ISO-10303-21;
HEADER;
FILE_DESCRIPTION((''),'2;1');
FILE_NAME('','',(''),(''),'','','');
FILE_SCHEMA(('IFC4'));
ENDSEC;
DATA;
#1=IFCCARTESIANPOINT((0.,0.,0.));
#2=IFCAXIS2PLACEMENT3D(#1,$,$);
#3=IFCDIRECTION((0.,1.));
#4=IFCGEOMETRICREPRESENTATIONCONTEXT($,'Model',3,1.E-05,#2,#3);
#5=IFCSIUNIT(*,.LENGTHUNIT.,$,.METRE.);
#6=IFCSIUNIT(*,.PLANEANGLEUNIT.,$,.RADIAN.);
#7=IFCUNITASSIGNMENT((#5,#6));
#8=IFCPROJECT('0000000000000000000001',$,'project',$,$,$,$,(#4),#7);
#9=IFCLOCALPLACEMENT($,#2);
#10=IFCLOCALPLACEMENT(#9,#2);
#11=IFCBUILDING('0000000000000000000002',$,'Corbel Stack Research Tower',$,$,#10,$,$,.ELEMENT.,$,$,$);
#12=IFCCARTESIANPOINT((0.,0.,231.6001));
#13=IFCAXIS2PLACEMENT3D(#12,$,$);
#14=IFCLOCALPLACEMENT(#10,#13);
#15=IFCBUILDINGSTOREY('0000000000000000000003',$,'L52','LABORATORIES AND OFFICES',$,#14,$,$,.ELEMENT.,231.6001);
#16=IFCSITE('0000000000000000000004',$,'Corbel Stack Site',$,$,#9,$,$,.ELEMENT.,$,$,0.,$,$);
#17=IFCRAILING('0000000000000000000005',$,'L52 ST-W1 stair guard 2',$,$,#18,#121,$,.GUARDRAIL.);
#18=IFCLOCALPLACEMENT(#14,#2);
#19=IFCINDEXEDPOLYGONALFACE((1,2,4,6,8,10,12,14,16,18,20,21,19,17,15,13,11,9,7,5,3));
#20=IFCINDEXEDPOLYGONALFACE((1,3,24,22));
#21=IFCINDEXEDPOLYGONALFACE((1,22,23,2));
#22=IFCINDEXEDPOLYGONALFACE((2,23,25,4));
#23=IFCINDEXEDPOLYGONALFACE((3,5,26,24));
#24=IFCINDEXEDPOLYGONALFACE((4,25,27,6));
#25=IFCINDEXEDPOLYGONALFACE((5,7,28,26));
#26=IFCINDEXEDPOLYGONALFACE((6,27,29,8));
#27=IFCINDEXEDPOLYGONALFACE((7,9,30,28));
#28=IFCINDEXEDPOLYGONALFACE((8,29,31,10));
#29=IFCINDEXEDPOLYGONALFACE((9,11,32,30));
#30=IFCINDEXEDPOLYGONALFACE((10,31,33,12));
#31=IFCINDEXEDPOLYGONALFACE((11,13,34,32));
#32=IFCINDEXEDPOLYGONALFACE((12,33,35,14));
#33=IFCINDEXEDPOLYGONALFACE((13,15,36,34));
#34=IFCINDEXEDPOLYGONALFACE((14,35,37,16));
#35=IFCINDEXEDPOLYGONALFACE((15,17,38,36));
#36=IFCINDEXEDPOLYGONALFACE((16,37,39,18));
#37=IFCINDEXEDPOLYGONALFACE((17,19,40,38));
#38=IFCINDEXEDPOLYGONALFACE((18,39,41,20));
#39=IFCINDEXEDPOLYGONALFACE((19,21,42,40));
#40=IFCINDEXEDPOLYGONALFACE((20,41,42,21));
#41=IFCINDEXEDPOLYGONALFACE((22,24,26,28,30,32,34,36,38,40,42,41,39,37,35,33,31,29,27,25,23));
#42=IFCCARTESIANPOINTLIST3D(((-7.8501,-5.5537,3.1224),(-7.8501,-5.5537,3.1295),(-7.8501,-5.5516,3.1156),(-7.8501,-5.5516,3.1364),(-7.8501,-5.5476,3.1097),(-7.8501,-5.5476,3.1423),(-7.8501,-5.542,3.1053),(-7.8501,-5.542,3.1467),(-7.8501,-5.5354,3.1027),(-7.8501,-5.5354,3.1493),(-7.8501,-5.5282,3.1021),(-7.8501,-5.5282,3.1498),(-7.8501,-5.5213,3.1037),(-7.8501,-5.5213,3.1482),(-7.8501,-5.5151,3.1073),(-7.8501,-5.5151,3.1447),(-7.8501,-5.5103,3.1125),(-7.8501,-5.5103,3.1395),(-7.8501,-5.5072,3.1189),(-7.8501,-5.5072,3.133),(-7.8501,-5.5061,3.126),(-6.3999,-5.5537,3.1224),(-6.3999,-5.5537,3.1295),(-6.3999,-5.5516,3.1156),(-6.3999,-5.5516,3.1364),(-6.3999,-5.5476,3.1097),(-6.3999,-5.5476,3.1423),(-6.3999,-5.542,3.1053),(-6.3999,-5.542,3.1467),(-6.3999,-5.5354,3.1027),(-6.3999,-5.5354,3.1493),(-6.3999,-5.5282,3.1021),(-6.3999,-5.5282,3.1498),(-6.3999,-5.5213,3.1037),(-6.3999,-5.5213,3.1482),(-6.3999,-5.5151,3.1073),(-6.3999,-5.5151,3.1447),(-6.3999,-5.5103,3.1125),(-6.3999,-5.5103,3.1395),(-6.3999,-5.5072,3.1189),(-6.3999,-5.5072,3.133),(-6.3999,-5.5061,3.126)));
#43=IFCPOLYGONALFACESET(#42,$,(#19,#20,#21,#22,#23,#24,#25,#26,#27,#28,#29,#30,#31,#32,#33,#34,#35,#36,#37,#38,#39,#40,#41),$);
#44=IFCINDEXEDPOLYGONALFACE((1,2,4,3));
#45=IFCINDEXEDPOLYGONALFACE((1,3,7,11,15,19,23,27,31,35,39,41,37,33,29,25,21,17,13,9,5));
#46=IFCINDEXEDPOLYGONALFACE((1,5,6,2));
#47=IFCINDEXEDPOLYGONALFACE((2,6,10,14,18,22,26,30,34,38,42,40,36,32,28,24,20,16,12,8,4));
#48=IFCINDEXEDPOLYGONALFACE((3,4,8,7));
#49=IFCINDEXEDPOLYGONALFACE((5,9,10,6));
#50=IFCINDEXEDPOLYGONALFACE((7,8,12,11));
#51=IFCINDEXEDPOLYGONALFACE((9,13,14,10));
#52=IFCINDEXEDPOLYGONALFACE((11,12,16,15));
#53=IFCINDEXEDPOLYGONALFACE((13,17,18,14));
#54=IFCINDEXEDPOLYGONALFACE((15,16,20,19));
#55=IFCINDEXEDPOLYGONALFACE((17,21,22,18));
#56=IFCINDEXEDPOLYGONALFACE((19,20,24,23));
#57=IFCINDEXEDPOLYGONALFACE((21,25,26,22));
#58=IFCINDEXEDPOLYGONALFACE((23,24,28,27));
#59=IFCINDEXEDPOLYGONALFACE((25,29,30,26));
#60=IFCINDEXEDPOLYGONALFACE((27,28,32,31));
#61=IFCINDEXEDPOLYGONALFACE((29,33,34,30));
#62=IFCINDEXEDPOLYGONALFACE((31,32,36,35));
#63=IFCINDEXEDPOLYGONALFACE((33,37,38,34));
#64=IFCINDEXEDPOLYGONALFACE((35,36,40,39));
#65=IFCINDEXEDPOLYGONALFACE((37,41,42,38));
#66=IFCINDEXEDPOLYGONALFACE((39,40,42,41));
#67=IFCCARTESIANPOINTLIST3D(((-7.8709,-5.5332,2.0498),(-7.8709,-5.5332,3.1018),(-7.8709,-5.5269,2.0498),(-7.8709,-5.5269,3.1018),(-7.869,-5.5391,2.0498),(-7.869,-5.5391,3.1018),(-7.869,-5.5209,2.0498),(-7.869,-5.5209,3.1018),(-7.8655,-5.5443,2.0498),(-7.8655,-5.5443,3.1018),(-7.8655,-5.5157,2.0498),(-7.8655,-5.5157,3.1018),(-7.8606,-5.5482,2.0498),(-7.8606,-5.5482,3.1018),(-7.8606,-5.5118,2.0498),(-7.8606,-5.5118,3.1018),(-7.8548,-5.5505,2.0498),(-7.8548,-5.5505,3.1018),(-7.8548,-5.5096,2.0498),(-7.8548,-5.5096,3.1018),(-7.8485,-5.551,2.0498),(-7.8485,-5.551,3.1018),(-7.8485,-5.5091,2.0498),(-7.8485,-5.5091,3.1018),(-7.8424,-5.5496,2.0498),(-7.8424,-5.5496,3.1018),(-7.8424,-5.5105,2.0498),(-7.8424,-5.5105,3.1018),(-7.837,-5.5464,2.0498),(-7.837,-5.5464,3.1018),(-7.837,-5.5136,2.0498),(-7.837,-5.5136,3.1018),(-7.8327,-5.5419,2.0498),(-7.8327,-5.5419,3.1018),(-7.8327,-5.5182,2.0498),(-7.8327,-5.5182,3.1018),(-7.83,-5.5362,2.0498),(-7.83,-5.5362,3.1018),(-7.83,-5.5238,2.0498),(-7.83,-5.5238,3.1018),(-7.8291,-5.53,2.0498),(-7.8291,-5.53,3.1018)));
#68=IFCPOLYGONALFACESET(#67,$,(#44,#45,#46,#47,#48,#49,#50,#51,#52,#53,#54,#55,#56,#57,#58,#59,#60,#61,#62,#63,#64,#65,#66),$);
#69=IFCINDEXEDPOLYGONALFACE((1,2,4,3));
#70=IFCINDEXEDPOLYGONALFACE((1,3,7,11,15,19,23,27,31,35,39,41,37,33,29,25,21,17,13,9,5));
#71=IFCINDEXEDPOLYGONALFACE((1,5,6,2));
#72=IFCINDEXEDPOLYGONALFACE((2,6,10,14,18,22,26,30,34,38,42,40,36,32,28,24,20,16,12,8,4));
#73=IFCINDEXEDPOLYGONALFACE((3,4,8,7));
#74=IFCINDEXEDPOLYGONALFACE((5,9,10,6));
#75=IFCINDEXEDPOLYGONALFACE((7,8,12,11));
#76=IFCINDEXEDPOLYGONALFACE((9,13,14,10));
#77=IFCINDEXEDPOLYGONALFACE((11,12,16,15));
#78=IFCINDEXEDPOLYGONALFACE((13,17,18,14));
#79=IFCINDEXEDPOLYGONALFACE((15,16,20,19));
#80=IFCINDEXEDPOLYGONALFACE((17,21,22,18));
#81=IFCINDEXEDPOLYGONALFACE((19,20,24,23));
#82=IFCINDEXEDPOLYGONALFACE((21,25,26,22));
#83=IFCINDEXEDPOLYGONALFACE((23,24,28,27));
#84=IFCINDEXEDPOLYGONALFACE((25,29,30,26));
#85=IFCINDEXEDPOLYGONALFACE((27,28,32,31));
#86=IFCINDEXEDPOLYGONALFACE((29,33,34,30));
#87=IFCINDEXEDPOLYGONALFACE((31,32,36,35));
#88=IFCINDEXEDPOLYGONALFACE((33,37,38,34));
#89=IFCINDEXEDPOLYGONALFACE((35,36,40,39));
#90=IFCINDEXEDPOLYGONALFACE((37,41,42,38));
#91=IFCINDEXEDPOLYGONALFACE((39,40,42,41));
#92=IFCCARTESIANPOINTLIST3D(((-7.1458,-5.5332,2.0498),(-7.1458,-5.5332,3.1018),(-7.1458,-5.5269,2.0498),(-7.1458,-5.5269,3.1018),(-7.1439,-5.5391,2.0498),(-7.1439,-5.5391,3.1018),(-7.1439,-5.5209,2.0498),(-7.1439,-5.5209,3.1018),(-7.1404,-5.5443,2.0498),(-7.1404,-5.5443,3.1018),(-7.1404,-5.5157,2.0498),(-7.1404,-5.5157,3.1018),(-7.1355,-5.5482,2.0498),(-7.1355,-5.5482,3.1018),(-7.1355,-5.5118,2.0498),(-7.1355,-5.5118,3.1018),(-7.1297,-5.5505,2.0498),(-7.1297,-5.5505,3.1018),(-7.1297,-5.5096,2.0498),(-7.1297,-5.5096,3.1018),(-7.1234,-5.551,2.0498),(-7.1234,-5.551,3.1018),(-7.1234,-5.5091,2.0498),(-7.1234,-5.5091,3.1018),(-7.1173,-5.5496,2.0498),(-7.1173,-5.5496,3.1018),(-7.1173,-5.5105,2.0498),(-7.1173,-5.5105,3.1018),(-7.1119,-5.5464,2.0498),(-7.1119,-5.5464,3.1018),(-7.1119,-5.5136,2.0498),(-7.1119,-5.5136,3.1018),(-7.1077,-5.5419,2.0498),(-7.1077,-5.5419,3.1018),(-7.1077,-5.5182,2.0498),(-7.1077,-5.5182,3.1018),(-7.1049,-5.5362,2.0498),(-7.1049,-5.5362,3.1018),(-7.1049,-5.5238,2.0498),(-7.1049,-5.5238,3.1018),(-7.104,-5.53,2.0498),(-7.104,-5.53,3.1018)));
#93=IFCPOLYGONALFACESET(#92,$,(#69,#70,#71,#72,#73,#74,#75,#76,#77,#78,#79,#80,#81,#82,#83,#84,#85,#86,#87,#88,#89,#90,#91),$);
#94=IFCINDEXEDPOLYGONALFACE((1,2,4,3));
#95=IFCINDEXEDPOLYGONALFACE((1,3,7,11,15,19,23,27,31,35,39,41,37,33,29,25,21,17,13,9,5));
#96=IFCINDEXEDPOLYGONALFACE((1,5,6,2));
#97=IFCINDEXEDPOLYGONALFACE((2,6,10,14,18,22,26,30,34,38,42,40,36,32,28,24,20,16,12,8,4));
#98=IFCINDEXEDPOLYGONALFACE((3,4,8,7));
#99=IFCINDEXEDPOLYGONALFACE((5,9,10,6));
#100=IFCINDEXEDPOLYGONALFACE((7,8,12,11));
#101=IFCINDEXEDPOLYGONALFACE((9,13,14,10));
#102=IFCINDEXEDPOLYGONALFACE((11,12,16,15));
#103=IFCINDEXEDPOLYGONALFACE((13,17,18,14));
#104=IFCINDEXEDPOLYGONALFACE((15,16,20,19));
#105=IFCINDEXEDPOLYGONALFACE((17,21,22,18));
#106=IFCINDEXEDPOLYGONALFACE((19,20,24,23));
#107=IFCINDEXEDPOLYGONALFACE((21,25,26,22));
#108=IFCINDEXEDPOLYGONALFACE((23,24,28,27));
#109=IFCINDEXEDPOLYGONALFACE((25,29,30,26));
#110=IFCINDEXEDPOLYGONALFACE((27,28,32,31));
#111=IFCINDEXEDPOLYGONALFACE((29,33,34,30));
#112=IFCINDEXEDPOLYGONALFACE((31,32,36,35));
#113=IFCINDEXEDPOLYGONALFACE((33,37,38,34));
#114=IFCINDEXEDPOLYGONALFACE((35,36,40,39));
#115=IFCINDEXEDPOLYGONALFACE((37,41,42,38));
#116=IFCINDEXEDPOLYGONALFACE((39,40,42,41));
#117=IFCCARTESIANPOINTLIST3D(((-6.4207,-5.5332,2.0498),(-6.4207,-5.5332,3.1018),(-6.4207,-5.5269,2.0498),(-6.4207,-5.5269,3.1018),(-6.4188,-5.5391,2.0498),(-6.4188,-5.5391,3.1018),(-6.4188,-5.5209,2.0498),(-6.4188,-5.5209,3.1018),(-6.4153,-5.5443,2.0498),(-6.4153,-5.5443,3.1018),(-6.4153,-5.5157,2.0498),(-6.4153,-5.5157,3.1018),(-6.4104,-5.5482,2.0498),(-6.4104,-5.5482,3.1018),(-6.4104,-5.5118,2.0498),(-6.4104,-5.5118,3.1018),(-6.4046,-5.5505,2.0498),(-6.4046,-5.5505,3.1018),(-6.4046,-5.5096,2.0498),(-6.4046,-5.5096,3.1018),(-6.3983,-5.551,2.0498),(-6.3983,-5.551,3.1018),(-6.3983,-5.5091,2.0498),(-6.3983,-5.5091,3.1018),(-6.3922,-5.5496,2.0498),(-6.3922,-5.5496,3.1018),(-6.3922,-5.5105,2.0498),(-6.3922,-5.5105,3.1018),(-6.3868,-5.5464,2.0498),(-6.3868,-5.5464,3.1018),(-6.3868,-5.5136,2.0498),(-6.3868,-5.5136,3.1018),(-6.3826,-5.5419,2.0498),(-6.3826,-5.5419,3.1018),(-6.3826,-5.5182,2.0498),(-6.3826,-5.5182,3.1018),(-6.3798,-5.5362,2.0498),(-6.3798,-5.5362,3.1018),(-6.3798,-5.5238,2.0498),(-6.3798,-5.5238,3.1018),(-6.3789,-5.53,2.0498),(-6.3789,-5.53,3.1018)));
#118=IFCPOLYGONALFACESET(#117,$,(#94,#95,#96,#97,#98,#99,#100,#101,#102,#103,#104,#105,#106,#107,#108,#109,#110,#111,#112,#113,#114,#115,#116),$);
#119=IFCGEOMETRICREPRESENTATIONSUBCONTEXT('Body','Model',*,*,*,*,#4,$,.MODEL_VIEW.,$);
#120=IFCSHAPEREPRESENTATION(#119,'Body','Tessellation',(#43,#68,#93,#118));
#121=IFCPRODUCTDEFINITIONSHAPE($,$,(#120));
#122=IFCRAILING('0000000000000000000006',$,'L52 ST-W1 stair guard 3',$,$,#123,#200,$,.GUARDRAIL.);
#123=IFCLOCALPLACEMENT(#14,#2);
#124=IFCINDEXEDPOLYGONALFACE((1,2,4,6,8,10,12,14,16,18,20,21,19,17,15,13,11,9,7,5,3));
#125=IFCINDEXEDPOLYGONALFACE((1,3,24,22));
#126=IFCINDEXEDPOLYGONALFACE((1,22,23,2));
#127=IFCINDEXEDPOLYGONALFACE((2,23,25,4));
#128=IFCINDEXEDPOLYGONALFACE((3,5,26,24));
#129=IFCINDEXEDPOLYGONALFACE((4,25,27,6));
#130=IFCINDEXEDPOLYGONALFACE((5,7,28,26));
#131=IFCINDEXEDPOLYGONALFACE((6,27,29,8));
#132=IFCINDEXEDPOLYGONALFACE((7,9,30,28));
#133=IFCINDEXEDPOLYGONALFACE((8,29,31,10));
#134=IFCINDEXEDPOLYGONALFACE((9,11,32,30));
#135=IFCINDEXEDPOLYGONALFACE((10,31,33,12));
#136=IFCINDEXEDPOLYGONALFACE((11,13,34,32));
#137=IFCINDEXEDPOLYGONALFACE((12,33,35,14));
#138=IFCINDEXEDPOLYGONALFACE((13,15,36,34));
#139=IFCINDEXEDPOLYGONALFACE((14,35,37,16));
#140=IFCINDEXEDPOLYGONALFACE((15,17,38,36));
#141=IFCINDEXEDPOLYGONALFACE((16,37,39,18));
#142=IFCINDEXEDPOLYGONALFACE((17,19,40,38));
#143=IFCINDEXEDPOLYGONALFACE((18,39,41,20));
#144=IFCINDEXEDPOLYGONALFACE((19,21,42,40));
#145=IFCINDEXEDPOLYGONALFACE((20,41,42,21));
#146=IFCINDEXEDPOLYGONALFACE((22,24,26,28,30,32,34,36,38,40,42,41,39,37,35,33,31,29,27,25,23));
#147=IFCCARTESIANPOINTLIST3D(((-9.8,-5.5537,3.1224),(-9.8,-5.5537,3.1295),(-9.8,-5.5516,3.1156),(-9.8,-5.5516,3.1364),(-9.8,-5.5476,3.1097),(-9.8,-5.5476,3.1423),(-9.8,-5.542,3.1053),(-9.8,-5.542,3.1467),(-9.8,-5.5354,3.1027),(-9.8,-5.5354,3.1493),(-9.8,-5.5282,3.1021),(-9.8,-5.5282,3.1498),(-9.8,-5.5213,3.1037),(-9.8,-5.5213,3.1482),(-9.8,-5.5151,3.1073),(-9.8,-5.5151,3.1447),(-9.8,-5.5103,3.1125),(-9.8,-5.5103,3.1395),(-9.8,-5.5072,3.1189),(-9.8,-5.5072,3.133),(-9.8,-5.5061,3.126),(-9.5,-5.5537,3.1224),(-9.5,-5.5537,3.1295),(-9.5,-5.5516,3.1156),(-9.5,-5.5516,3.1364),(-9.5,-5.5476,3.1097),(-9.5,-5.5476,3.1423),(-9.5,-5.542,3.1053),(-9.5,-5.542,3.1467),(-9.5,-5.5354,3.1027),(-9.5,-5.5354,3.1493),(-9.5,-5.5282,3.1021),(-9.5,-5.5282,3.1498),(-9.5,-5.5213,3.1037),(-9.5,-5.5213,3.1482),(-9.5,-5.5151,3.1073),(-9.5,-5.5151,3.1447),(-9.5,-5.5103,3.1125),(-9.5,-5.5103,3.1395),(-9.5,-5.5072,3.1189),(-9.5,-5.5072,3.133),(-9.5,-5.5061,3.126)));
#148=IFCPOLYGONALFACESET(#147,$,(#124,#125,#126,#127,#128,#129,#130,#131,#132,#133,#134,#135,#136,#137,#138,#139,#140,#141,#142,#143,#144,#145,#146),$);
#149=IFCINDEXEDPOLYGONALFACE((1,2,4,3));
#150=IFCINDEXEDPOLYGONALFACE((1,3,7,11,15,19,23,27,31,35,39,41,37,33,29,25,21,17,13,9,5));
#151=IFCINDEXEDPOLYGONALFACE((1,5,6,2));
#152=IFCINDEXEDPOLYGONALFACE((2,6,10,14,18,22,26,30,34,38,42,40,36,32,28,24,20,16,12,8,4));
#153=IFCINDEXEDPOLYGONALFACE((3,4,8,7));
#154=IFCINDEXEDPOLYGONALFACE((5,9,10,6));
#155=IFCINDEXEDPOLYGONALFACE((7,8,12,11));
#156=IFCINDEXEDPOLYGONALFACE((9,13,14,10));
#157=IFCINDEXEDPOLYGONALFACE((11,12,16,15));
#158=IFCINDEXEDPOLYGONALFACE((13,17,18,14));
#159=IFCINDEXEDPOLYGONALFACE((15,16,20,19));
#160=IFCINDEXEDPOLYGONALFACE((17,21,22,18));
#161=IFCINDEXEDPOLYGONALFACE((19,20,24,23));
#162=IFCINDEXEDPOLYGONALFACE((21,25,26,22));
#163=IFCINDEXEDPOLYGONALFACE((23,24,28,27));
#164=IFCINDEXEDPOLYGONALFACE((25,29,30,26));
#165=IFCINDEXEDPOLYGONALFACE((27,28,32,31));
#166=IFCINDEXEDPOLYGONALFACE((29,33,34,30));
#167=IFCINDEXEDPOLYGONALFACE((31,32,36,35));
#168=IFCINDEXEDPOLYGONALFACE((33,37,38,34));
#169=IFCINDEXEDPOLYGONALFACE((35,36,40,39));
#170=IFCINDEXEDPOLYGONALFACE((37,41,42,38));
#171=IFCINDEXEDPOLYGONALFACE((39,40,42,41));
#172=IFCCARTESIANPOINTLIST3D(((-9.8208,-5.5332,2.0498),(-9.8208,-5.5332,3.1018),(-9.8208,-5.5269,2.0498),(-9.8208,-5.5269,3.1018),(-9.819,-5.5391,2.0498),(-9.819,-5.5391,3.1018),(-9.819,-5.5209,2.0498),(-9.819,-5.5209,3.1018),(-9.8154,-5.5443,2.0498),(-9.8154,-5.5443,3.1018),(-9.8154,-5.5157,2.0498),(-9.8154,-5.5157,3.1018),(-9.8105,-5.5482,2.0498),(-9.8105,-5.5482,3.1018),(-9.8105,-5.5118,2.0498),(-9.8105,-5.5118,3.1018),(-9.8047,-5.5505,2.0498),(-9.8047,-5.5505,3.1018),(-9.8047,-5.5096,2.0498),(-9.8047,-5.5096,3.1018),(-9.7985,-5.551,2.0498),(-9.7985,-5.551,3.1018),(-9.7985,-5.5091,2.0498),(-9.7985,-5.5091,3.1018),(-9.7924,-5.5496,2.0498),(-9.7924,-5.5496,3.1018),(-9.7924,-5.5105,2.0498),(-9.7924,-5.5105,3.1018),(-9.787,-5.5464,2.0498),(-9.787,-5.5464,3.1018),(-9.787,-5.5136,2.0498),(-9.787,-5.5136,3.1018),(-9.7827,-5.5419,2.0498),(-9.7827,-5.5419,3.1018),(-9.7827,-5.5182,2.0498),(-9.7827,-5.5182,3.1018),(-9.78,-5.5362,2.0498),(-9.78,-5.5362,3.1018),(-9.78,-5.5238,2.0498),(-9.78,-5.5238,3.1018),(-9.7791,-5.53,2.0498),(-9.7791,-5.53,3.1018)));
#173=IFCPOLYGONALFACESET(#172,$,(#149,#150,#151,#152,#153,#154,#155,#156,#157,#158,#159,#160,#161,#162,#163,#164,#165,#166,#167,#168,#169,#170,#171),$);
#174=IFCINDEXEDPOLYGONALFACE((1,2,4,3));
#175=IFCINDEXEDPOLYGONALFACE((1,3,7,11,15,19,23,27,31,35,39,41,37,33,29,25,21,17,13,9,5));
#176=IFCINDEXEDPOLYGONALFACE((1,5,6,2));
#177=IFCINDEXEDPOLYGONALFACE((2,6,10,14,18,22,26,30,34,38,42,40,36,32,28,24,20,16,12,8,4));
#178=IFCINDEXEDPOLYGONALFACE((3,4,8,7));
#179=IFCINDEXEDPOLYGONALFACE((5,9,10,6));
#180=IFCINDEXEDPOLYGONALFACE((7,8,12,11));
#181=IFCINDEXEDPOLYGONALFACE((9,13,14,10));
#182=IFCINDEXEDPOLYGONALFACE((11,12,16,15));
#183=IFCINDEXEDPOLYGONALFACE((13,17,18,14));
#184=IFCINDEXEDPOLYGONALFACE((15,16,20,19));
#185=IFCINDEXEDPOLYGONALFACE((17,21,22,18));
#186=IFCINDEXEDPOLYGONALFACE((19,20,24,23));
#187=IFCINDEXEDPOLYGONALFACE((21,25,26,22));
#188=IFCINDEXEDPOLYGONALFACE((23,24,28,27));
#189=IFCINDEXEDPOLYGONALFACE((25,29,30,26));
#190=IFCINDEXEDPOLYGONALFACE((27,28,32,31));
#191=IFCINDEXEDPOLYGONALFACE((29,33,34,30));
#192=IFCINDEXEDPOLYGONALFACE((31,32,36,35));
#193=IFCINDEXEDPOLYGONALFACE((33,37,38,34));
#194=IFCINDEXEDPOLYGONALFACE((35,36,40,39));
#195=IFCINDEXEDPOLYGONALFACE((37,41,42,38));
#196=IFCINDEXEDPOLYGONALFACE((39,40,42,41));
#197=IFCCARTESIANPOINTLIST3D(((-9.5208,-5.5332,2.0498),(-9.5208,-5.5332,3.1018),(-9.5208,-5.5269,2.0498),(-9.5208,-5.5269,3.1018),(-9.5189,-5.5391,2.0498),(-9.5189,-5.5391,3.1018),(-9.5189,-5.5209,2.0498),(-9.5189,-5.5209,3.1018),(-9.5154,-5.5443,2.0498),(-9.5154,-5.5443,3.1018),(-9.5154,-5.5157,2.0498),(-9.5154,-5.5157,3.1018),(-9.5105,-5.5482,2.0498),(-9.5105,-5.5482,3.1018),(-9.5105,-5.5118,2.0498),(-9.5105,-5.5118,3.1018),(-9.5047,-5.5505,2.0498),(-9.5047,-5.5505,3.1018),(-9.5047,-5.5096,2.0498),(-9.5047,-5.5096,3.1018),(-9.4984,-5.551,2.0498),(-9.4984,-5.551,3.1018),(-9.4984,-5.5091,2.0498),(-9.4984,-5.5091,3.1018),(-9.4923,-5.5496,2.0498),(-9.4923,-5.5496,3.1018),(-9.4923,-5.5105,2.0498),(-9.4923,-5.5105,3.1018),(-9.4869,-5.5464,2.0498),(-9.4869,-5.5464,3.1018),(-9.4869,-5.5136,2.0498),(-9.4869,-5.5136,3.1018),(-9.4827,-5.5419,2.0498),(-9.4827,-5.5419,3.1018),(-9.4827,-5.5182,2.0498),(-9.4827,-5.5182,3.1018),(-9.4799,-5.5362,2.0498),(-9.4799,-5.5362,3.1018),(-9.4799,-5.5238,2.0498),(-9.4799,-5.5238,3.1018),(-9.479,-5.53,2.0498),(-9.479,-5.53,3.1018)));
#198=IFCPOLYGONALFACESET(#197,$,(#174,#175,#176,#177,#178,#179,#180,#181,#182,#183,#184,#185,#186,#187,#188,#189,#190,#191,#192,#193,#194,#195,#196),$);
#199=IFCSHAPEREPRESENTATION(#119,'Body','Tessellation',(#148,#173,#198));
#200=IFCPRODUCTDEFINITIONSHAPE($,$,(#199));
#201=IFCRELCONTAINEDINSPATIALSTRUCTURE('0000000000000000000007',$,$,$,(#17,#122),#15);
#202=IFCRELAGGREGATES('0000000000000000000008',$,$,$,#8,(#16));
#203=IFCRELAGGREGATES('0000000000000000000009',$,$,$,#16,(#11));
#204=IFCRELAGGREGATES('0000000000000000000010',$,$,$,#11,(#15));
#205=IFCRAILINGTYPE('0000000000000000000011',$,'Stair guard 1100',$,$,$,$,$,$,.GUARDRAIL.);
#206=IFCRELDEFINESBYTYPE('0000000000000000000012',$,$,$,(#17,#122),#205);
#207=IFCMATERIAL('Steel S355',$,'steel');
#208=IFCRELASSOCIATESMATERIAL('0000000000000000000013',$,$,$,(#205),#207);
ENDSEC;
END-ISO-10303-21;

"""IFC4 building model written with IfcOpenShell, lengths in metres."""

from ifc_helpers import new_model, si_unit, direction, frame, origin, origin_2d, place, context, subcontext, project, spatial, circle, extrude, material, type_object, element, save


model = new_model("IFC4")

# Units and contexts
model_context = context("Model", 3, precision=1e-05, world=origin(), true_north=direction((0.0, 1.0)))
body_context = subcontext(model_context, "Body", "Model", "MODEL_VIEW")
ifc_project = project(units=[si_unit("LENGTHUNIT", "METRE"), si_unit("PLANEANGLEUNIT", "RADIAN")], contexts=[model_context])

# Site, building, storey
site_placement = place(None, origin())
site = spatial("IfcSite", under=ifc_project, at=site_placement, Name="Corbel Stack Site", CompositionType="ELEMENT", RefElevation=0.0)
building_placement = place(site_placement, origin())
building = spatial("IfcBuilding", under=site, at=building_placement, Name="Corbel Stack Research Tower", CompositionType="ELEMENT")
storey_placement = place(building_placement, frame((0.0, 0.0, 231.6001)))
storey = spatial("IfcBuildingStorey", under=building, at=storey_placement, Name="L52", Description="LABORATORIES AND OFFICES", CompositionType="ELEMENT", Elevation=231.6001)

# Railings
ifc_material_1 = material(Name="Steel S355", Category="steel")
railing_type = type_object("IfcRailingType", Name="Stair guard 1100", PredefinedType="GUARDRAIL", material=ifc_material_1)
railing_1_placement = place(storey_placement, frame((-7.8501, -5.53, 2.0498)))
element("IfcRailing", 1, at=railing_1_placement, inside=storey, type_object=railing_type, Name="L52 ST-W1 stair guard 2", PredefinedType="GUARDRAIL", context=body_context, shape_type="SweptSolid", body=[
    extrude(circle(Radius=0.0239, at=origin_2d()), frame((0.0, 0.0, 1.0762), z_axis=(1.0, 0.0, 0.0), x_axis=(0.0, 1.0, 0.0)), (0.0, 0.0, 1.0), 1.4502),
    extrude(circle(Radius=0.021, at=origin_2d()), origin(), (0.0, 0.0, 1.0), 1.052),
    extrude(circle(Radius=0.021, at=origin_2d()), frame((0.7251, 0.0, 0.0)), (0.0, 0.0, 1.0), 1.052),
    extrude(circle(Radius=0.021, at=origin_2d()), frame((1.4502, 0.0, 0.0)), (0.0, 0.0, 1.0), 1.052),
])
railing_2_placement = place(storey_placement, frame((-9.8, -5.53, 2.0498)))
element("IfcRailing", 2, at=railing_2_placement, inside=storey, type_object=railing_type, Name="L52 ST-W1 stair guard 3", PredefinedType="GUARDRAIL", context=body_context, shape_type="SweptSolid", body=[
    extrude(circle(Radius=0.0239, at=origin_2d()), frame((0.0, 0.0, 1.0762), z_axis=(1.0, 0.0, 0.0), x_axis=(0.0, 1.0, 0.0)), (0.0, 0.0, 1.0), 0.3),
    extrude(circle(Radius=0.021, at=origin_2d()), origin(), (0.0, 0.0, 1.0), 1.052),
    extrude(circle(Radius=0.021, at=origin_2d()), frame((0.3, 0.0, 0.0)), (0.0, 0.0, 1.0), 1.052),
])

save(model, "model.ifc")
